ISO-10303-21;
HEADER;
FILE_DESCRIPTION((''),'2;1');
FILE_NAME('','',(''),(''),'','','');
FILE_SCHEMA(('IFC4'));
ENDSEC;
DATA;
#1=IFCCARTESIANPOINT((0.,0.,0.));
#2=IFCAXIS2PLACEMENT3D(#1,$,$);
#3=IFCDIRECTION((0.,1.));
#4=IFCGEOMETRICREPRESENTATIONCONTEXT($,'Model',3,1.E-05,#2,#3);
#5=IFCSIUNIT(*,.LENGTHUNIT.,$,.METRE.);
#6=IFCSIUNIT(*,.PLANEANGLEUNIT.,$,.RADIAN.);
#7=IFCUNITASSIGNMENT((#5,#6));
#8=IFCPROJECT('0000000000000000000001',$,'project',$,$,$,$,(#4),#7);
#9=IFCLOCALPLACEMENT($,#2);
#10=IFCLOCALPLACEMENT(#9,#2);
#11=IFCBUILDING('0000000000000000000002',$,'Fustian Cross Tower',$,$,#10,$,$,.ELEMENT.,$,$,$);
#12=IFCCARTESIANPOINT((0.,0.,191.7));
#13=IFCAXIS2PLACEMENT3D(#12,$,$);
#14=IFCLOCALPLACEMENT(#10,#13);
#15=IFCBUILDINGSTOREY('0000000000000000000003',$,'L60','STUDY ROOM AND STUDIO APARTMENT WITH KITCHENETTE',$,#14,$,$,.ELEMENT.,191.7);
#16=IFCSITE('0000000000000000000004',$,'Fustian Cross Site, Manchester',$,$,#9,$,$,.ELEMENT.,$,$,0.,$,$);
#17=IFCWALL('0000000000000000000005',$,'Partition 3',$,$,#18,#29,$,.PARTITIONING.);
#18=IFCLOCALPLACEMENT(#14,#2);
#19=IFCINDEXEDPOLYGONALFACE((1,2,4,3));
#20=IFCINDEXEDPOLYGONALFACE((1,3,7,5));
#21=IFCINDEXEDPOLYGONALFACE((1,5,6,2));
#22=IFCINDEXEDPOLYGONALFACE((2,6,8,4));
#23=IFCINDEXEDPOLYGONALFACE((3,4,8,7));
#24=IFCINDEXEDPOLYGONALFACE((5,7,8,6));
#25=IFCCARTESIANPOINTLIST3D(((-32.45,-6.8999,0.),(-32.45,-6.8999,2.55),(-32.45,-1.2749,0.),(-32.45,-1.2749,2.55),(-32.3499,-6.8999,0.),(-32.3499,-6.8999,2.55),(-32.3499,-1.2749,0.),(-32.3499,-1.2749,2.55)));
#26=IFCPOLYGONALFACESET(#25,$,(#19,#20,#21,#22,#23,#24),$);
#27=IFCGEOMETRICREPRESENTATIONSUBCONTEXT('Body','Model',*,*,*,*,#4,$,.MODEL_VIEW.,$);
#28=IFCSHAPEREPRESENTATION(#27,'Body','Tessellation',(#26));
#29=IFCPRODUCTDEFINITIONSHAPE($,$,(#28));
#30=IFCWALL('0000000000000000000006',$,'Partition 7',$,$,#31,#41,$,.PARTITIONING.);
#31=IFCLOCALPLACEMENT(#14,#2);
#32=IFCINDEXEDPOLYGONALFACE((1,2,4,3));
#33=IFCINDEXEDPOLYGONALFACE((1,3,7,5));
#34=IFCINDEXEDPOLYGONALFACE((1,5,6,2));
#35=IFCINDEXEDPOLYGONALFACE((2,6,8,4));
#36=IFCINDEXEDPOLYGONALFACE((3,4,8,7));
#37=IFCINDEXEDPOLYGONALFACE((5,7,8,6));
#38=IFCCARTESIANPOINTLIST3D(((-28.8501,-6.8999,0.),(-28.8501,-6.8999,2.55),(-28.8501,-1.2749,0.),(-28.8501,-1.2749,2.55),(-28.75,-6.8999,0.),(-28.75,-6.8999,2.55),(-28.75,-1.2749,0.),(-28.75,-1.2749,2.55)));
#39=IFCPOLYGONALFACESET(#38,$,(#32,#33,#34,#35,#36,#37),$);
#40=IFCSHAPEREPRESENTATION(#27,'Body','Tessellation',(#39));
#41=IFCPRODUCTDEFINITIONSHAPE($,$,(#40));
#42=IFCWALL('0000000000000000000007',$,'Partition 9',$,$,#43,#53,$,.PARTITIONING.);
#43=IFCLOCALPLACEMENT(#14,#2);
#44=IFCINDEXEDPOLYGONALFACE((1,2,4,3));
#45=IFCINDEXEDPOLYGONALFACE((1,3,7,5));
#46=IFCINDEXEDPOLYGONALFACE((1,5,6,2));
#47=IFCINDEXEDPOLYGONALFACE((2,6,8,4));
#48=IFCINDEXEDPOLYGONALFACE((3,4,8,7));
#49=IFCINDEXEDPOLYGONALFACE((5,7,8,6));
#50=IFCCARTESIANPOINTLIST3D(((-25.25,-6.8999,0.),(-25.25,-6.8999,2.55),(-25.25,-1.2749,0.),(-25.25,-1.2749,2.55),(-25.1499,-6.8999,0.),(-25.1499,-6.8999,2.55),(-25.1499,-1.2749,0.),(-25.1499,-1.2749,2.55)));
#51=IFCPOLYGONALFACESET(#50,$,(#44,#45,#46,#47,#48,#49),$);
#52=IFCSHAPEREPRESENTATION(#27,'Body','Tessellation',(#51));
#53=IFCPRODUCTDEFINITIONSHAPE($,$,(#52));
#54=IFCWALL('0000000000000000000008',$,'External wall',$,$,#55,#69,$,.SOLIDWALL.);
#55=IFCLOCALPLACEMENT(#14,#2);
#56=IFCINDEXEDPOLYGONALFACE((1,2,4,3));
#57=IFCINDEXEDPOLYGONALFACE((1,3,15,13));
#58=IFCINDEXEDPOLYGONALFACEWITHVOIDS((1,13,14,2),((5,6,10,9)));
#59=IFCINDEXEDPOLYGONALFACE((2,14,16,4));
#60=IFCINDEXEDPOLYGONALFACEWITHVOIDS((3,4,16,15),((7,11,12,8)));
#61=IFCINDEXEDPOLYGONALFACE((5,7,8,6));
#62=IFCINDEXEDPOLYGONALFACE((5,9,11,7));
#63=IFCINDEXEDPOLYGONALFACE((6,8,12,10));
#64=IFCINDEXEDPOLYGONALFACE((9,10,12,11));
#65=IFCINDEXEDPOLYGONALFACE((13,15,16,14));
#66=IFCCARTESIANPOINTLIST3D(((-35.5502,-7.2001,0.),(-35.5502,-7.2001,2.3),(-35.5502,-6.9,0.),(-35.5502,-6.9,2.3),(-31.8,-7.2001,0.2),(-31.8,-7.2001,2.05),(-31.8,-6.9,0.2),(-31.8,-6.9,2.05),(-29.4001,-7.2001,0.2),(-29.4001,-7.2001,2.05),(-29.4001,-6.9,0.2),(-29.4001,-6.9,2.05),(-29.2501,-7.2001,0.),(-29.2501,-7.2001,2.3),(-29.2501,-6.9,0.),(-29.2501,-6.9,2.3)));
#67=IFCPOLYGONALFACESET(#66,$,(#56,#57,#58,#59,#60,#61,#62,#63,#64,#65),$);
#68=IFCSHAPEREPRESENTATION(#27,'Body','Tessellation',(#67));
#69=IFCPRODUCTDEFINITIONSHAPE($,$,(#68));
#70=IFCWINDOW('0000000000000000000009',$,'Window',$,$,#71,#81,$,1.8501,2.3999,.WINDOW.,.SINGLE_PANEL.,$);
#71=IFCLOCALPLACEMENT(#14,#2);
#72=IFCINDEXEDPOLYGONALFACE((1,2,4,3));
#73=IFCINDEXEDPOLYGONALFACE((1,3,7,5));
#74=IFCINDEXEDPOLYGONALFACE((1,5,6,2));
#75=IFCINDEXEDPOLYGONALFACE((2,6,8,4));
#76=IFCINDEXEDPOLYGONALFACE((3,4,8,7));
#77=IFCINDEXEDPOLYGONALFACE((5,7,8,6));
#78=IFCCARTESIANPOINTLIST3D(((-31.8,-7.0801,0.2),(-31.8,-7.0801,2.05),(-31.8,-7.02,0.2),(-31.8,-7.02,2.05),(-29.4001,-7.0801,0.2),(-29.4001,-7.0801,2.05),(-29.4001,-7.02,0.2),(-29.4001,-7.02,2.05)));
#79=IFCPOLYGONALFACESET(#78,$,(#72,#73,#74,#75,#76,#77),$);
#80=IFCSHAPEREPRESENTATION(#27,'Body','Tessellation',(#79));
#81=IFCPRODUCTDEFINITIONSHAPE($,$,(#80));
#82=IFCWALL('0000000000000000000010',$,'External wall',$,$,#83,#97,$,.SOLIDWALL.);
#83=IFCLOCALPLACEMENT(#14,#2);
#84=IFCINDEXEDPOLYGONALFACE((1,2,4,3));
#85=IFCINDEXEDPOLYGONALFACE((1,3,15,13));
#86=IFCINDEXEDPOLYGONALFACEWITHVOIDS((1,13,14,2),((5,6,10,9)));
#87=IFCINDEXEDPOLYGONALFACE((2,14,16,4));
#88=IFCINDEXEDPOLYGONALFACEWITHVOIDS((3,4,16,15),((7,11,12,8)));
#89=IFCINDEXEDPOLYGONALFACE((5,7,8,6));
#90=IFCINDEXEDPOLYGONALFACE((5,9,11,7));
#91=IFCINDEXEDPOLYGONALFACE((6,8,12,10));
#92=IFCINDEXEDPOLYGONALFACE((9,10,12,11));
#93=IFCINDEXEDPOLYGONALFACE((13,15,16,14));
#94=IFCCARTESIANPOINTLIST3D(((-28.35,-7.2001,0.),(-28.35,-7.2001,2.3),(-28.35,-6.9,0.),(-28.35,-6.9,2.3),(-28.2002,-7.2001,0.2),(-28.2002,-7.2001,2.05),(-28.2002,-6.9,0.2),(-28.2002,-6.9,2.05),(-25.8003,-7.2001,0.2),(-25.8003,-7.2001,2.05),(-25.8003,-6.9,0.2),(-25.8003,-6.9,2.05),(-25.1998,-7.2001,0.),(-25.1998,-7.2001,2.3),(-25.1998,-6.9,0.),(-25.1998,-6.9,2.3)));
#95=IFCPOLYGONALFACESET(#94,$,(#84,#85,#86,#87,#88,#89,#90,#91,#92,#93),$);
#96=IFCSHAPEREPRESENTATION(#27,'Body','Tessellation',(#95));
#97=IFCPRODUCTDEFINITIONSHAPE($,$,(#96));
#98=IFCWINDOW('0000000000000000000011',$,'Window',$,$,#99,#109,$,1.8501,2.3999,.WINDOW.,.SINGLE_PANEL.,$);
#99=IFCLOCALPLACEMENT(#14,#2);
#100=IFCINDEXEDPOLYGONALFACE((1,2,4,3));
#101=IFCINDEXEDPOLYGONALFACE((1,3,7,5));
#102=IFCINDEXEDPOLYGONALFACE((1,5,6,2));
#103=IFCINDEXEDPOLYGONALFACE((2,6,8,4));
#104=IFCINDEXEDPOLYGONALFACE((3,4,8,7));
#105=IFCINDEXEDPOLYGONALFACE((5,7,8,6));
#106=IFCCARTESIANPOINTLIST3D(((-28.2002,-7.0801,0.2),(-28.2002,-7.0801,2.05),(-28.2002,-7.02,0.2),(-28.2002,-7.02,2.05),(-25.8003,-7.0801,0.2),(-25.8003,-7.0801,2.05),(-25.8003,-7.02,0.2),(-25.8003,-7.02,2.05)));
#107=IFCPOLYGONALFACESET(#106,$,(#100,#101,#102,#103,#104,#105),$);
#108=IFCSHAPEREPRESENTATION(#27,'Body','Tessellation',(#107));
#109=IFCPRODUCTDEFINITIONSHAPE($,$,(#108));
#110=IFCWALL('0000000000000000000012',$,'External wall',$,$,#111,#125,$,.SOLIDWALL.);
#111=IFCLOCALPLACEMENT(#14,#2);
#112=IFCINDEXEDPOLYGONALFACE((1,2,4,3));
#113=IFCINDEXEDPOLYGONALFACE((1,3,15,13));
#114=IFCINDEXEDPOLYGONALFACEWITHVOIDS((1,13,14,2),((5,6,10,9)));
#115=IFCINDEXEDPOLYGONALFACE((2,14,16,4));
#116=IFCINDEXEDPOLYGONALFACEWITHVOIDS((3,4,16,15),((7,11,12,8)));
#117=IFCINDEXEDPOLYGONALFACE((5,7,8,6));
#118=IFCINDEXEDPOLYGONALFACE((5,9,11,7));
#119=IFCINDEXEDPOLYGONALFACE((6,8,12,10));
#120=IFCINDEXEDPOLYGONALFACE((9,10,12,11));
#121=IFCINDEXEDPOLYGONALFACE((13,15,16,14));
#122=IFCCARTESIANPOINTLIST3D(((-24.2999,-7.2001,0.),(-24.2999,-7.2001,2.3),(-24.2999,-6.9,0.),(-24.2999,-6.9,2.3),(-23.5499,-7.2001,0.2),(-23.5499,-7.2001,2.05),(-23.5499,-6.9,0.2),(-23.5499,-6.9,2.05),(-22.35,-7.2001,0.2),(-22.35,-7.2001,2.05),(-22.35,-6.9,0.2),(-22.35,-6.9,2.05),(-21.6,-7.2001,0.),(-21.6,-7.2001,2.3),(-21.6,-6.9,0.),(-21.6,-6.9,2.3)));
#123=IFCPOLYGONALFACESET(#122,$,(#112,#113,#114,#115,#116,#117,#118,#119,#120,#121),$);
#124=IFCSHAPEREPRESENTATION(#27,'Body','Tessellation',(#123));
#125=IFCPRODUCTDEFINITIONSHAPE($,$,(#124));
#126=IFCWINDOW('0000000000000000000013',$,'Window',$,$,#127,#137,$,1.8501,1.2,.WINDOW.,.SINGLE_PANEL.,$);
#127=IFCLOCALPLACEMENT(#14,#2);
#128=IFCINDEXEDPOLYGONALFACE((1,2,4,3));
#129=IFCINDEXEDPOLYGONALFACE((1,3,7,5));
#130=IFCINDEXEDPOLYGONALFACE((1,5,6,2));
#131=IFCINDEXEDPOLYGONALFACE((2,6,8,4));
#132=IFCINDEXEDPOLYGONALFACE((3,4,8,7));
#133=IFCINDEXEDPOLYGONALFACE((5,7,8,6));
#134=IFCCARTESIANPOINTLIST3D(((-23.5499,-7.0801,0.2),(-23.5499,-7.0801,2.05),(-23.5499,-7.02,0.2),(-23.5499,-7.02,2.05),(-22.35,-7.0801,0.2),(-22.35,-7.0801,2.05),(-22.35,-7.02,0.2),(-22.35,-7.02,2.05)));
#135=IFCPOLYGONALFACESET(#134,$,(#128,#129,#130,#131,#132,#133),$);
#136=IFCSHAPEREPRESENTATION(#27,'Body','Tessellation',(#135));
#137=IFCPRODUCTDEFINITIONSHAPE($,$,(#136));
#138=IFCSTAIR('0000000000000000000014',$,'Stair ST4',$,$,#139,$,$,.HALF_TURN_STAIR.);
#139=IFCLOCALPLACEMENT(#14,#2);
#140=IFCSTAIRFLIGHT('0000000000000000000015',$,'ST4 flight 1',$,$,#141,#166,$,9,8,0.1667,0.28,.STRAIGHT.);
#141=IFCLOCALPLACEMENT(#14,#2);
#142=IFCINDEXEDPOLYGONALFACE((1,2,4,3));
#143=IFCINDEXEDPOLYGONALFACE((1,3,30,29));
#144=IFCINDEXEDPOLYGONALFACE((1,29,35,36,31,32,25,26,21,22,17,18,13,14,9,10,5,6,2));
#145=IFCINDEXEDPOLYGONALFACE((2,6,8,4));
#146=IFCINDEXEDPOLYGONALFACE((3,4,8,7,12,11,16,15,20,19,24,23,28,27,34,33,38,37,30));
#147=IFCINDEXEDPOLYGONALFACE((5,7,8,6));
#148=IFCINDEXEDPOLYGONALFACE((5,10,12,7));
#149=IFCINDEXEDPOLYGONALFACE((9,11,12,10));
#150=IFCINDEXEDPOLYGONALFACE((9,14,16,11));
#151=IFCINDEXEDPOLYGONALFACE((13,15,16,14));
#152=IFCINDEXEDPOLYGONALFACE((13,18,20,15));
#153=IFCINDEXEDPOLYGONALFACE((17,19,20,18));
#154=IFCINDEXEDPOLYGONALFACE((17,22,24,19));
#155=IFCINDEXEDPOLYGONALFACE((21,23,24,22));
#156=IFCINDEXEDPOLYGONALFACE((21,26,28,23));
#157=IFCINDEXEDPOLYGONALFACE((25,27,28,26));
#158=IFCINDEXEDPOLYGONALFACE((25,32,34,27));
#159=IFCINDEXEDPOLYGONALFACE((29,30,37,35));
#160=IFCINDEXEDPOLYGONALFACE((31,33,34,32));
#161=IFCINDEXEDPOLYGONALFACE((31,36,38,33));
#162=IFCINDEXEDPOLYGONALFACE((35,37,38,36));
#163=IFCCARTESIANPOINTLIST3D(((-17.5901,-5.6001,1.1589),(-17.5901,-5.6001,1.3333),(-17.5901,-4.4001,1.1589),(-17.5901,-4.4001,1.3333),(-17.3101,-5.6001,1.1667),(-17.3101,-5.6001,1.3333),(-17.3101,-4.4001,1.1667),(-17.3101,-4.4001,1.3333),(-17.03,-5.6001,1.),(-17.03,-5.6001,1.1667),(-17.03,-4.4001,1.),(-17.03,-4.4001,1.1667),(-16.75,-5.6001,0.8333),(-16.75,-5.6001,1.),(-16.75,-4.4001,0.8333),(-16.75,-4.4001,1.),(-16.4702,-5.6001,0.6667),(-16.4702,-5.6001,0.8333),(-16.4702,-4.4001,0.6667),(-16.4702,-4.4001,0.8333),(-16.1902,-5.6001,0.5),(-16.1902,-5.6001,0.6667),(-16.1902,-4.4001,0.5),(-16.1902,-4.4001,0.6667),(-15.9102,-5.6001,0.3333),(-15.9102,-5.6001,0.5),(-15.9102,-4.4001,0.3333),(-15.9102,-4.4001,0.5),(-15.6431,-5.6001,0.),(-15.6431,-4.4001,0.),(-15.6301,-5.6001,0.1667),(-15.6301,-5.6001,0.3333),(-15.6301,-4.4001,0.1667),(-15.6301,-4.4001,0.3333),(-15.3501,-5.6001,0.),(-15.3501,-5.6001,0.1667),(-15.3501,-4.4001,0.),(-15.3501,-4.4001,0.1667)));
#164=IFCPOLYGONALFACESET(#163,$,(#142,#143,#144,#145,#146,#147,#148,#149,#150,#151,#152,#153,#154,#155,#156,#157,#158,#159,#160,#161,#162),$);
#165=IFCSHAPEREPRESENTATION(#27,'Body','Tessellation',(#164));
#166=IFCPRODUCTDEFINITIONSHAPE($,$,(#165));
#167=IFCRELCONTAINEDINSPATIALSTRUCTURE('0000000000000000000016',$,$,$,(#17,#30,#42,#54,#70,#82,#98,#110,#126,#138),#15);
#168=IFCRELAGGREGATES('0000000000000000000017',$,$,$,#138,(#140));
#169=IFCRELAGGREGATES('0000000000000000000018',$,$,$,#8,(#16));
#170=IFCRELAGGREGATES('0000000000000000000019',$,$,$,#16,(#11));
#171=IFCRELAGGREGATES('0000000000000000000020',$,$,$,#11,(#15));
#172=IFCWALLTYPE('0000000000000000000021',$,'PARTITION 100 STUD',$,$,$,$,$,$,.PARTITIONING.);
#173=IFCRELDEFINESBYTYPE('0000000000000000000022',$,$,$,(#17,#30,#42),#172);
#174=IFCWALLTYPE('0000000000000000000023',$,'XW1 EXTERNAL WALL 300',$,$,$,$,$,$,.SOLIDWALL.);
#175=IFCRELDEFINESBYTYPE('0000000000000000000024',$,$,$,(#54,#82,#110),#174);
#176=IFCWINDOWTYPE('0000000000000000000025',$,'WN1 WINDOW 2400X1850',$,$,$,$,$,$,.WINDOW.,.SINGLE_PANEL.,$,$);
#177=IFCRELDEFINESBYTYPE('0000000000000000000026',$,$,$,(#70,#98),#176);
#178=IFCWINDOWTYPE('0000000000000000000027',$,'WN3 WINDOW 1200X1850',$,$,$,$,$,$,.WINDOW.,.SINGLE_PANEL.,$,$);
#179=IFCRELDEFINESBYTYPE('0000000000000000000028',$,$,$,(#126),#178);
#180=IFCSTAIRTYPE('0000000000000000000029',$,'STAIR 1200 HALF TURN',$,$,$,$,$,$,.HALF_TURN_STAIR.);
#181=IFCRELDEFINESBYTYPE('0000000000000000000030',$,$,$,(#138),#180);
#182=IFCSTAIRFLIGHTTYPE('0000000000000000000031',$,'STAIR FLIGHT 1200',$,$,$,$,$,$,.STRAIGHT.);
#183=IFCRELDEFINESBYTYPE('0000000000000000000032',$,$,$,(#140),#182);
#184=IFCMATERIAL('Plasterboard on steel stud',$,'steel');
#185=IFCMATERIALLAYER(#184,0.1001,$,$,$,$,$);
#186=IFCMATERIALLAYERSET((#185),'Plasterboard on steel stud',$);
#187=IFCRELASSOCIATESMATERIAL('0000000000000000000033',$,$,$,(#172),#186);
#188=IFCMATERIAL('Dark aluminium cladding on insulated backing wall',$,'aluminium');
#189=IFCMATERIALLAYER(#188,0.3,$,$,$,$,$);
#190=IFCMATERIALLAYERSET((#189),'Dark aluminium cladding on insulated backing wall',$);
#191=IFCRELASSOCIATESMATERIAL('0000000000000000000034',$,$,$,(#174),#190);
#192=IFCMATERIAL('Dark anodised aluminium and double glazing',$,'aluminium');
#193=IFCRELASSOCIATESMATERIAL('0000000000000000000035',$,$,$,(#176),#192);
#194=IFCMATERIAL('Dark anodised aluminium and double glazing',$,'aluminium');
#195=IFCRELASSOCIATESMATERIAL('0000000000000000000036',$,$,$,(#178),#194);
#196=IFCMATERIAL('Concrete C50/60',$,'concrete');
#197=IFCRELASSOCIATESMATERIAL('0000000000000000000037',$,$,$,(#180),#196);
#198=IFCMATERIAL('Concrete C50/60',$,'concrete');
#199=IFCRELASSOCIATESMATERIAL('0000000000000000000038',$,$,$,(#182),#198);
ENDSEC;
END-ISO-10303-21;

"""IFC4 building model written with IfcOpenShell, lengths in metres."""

from ifc_helpers import new_model, si_unit, direction, frame, frame_2d, origin, place, context, subcontext, project, spatial, polyline, rectangle, outline, extrude, material, layer, layer_set, type_object, element, fill, aggregate, save


model = new_model("IFC4")

# Units and contexts
model_context = context("Model", 3, precision=1e-05, world=origin(), true_north=direction((0.0, 1.0)))
body_context = subcontext(model_context, "Body", "Model", "MODEL_VIEW")
ifc_project = project(units=[si_unit("LENGTHUNIT", "METRE"), si_unit("PLANEANGLEUNIT", "RADIAN")], contexts=[model_context])

# Site, building, storey
site_placement = place(None, origin())
site = spatial("IfcSite", under=ifc_project, at=site_placement, Name="Fustian Cross Site, Manchester", CompositionType="ELEMENT", RefElevation=0.0)
building_placement = place(site_placement, origin())
building = spatial("IfcBuilding", under=site, at=building_placement, Name="Fustian Cross Tower", CompositionType="ELEMENT")
storey_placement = place(building_placement, frame((0.0, 0.0, 191.7)))
storey = spatial("IfcBuildingStorey", under=building, at=storey_placement, Name="L60", Description="STUDY ROOM AND STUDIO APARTMENT WITH KITCHENETTE", CompositionType="ELEMENT", Elevation=191.7)

# Walls
ifc_material_1 = material(Name="Plasterboard on steel stud", Category="steel")
ifc_layer_1 = layer(ifc_material_1, 0.1001)
ifc_layer_set_1 = layer_set([ifc_layer_1], Name="Plasterboard on steel stud")
wall_type_1 = type_object("IfcWallType", Name="PARTITION 100 STUD", PredefinedType="PARTITIONING", material=ifc_layer_set_1)
for number, where, z_axis, x_axis, name in (
    (1, (-32.3999, -6.8999, 0.0), (0.0, 0.0, 1.0), (0.0, 1.0, 0.0), "Partition 3"),
    (2, (-28.8, -6.8999, 0.0), (0.0, 0.0, 1.0), (0.0, 1.0, 0.0), "Partition 7"),
    (3, (-25.2, -6.8999, 0.0), (0.0, 0.0, 1.0), (0.0, 1.0, 0.0), "Partition 9"),
):
    element("IfcWall", number, at=place(storey_placement, frame(where, z_axis=z_axis, x_axis=x_axis)), inside=storey, type_object=wall_type_1, Name=name, PredefinedType="PARTITIONING", context=body_context, shape_type="SweptSolid", body=[
        extrude(rectangle(XDim=5.625, YDim=0.1001, at=frame_2d((2.8125, 0.0))), origin(), (0.0, 0.0, 1.0), 2.55),
    ])

# Walls, openings, windows
ifc_material_2 = material(Name="Dark aluminium cladding on insulated backing wall", Category="aluminium")
ifc_layer_2 = layer(ifc_material_2, 0.3)
ifc_layer_set_2 = layer_set([ifc_layer_2], Name="Dark aluminium cladding on insulated backing wall")
wall_type_2 = type_object("IfcWallType", Name="XW1 EXTERNAL WALL 300", PredefinedType="SOLIDWALL", material=ifc_layer_set_2)
wall_1_placement = place(storey_placement, frame((-35.55, -7.05, 0.0), z_axis=(0.0, 0.0, 1.0), x_axis=(1.0, 0.0, 0.0)))
wall_1 = element("IfcWall", 4, at=wall_1_placement, inside=storey, type_object=wall_type_2, Name="External wall", PredefinedType="SOLIDWALL", context=body_context, shape_type="SweptSolid", body=[
    extrude(rectangle(XDim=6.3, YDim=0.3, at=frame_2d((3.1499, 0.0))), origin(), (0.0, 0.0, 1.0), 2.3),
])
opening_1_placement = place(wall_1_placement, frame((3.75, 0.0, 0.2)))
opening_1 = element("IfcOpeningElement", 5, at=opening_1_placement, cuts=wall_1, PredefinedType="OPENING", context=body_context, shape_type="SweptSolid", body=[
    extrude(rectangle(XDim=2.3999, YDim=1.8501, at=frame_2d((1.2, 0.925))), frame((0.0, 0.1599, 0.0), z_axis=(0.0, -1.0, 0.0), x_axis=(1.0, 0.0, 0.0)), (0.0, 0.0, 1.0), 0.3201),
])
ifc_material_3 = material(Name="Dark anodised aluminium and double glazing", Category="aluminium")
window_type_1 = type_object("IfcWindowType", Name="WN1 WINDOW 2400X1850", PartitioningType="SINGLE_PANEL", PredefinedType="WINDOW", material=ifc_material_3)
window_1_placement = place(opening_1_placement, origin())
window_1 = element("IfcWindow", 6, at=window_1_placement, inside=storey, type_object=window_type_1, Name="Window", OverallHeight=1.8501, OverallWidth=2.3999, PartitioningType="SINGLE_PANEL", PredefinedType="WINDOW", context=body_context, shape_type="SweptSolid", body=[
    extrude(rectangle(XDim=2.3999, YDim=1.8501, at=frame_2d((1.2, 0.925))), frame((0.0, 0.03, 0.0), z_axis=(0.0, -1.0, 0.0), x_axis=(1.0, 0.0, 0.0)), (0.0, 0.0, 1.0), 0.0601),
])
fill(opening_1, window_1)
wall_2_placement = place(storey_placement, frame((-28.3501, -7.05, 0.0), z_axis=(0.0, 0.0, 1.0), x_axis=(1.0, 0.0, 0.0)))
wall_2 = element("IfcWall", 7, at=wall_2_placement, inside=storey, type_object=wall_type_2, Name="External wall", PredefinedType="SOLIDWALL", context=body_context, shape_type="SweptSolid", body=[
    extrude(rectangle(XDim=3.1501, YDim=0.3, at=frame_2d((1.5752, 0.0))), origin(), (0.0, 0.0, 1.0), 2.3),
])
opening_2_placement = place(wall_2_placement, frame((0.1499, 0.0, 0.2)))
opening_2 = element("IfcOpeningElement", 8, at=opening_2_placement, cuts=wall_2, PredefinedType="OPENING", context=body_context, shape_type="SweptSolid", body=[
    extrude(rectangle(XDim=2.3999, YDim=1.8501, at=frame_2d((1.2, 0.925))), frame((0.0, 0.1599, 0.0), z_axis=(0.0, -1.0, 0.0), x_axis=(1.0, 0.0, 0.0)), (0.0, 0.0, 1.0), 0.3201),
])
window_2_placement = place(opening_2_placement, origin())
window_2 = element("IfcWindow", 9, at=window_2_placement, inside=storey, type_object=window_type_1, Name="Window", OverallHeight=1.8501, OverallWidth=2.3999, PartitioningType="SINGLE_PANEL", PredefinedType="WINDOW", context=body_context, shape_type="SweptSolid", body=[
    extrude(rectangle(XDim=2.3999, YDim=1.8501, at=frame_2d((1.2, 0.925))), frame((0.0, 0.03, 0.0), z_axis=(0.0, -1.0, 0.0), x_axis=(1.0, 0.0, 0.0)), (0.0, 0.0, 1.0), 0.0601),
])
fill(opening_2, window_2)
wall_3_placement = place(storey_placement, frame((-24.3, -7.05, 0.0), z_axis=(0.0, 0.0, 1.0), x_axis=(1.0, 0.0, 0.0)))
wall_3 = element("IfcWall", 10, at=wall_3_placement, inside=storey, type_object=wall_type_2, Name="External wall", PredefinedType="SOLIDWALL", context=body_context, shape_type="SweptSolid", body=[
    extrude(rectangle(XDim=2.7, YDim=0.3, at=frame_2d((1.3501, 0.0))), origin(), (0.0, 0.0, 1.0), 2.3),
])
opening_3_placement = place(wall_3_placement, frame((0.75, 0.0, 0.2)))
opening_3 = element("IfcOpeningElement", 11, at=opening_3_placement, cuts=wall_3, PredefinedType="OPENING", context=body_context, shape_type="SweptSolid", body=[
    extrude(rectangle(XDim=1.2, YDim=1.8501, at=frame_2d((0.6001, 0.925))), frame((0.0, 0.1599, 0.0), z_axis=(0.0, -1.0, 0.0), x_axis=(1.0, 0.0, 0.0)), (0.0, 0.0, 1.0), 0.3201),
])
ifc_material_4 = material(Name="Dark anodised aluminium and double glazing", Category="aluminium")
window_type_2 = type_object("IfcWindowType", Name="WN3 WINDOW 1200X1850", PartitioningType="SINGLE_PANEL", PredefinedType="WINDOW", material=ifc_material_4)
window_3_placement = place(opening_3_placement, origin())
window_3 = element("IfcWindow", 12, at=window_3_placement, inside=storey, type_object=window_type_2, Name="Window", OverallHeight=1.8501, OverallWidth=1.2, PartitioningType="SINGLE_PANEL", PredefinedType="WINDOW", context=body_context, shape_type="SweptSolid", body=[
    extrude(rectangle(XDim=1.2, YDim=1.8501, at=frame_2d((0.6001, 0.925))), frame((0.0, 0.03, 0.0), z_axis=(0.0, -1.0, 0.0), x_axis=(1.0, 0.0, 0.0)), (0.0, 0.0, 1.0), 0.0601),
])
fill(opening_3, window_3)

# Stair, stair flight
ifc_material_5 = material(Name="Concrete C50/60", Category="concrete")
stair_type = type_object("IfcStairType", Name="STAIR 1200 HALF TURN", PredefinedType="HALF_TURN_STAIR", material=ifc_material_5)
stair_placement = place(storey_placement, origin())
stair = element("IfcStair", 13, at=stair_placement, inside=storey, type_object=stair_type, Name="Stair ST4", PredefinedType="HALF_TURN_STAIR")
ifc_material_6 = material(Name="Concrete C50/60", Category="concrete")
stair_flight_type = type_object("IfcStairFlightType", Name="STAIR FLIGHT 1200", PredefinedType="STRAIGHT", material=ifc_material_6)
stair_flight_1_placement = place(storey_placement, frame((-15.3501, -5.0, 0.0), z_axis=(0.0, 0.0, 1.0), x_axis=(-1.0, 0.0, 0.0)))
stair_flight_1 = element("IfcStairFlight", 14, at=stair_flight_1_placement, type_object=stair_flight_type, Name="ST4 flight 1", NumberOfRisers=9, NumberOfTreads=8, PredefinedType="STRAIGHT", RiserHeight=0.1667, TreadLength=0.28, context=body_context, shape_type="SweptSolid", body=[
    extrude(outline(polyline([(0.0, 0.0), (0.0, 0.1667), (0.28, 0.1667), (0.28, 0.3333), (0.5601, 0.3333), (0.5601, 0.5), (0.8401, 0.5), (0.8401, 0.6667), (1.1201, 0.6667), (1.1201, 0.8333), (1.3999, 0.8333), (1.3999, 1.0), (1.6799, 1.0), (1.6799, 1.1667), (1.96, 1.1667), (1.96, 1.3333), (2.24, 1.3333), (2.24, 1.5), (2.24, 1.1589), (0.293, 0.0), (0.0, 0.0)])), frame((0.0, 0.6001, 0.0), z_axis=(0.0, -1.0, 0.0), x_axis=(1.0, 0.0, 0.0)), (0.0, 0.0, 1.0), 1.2),
])
aggregate(stair, [stair_flight_1])

save(model, "model.ifc")
